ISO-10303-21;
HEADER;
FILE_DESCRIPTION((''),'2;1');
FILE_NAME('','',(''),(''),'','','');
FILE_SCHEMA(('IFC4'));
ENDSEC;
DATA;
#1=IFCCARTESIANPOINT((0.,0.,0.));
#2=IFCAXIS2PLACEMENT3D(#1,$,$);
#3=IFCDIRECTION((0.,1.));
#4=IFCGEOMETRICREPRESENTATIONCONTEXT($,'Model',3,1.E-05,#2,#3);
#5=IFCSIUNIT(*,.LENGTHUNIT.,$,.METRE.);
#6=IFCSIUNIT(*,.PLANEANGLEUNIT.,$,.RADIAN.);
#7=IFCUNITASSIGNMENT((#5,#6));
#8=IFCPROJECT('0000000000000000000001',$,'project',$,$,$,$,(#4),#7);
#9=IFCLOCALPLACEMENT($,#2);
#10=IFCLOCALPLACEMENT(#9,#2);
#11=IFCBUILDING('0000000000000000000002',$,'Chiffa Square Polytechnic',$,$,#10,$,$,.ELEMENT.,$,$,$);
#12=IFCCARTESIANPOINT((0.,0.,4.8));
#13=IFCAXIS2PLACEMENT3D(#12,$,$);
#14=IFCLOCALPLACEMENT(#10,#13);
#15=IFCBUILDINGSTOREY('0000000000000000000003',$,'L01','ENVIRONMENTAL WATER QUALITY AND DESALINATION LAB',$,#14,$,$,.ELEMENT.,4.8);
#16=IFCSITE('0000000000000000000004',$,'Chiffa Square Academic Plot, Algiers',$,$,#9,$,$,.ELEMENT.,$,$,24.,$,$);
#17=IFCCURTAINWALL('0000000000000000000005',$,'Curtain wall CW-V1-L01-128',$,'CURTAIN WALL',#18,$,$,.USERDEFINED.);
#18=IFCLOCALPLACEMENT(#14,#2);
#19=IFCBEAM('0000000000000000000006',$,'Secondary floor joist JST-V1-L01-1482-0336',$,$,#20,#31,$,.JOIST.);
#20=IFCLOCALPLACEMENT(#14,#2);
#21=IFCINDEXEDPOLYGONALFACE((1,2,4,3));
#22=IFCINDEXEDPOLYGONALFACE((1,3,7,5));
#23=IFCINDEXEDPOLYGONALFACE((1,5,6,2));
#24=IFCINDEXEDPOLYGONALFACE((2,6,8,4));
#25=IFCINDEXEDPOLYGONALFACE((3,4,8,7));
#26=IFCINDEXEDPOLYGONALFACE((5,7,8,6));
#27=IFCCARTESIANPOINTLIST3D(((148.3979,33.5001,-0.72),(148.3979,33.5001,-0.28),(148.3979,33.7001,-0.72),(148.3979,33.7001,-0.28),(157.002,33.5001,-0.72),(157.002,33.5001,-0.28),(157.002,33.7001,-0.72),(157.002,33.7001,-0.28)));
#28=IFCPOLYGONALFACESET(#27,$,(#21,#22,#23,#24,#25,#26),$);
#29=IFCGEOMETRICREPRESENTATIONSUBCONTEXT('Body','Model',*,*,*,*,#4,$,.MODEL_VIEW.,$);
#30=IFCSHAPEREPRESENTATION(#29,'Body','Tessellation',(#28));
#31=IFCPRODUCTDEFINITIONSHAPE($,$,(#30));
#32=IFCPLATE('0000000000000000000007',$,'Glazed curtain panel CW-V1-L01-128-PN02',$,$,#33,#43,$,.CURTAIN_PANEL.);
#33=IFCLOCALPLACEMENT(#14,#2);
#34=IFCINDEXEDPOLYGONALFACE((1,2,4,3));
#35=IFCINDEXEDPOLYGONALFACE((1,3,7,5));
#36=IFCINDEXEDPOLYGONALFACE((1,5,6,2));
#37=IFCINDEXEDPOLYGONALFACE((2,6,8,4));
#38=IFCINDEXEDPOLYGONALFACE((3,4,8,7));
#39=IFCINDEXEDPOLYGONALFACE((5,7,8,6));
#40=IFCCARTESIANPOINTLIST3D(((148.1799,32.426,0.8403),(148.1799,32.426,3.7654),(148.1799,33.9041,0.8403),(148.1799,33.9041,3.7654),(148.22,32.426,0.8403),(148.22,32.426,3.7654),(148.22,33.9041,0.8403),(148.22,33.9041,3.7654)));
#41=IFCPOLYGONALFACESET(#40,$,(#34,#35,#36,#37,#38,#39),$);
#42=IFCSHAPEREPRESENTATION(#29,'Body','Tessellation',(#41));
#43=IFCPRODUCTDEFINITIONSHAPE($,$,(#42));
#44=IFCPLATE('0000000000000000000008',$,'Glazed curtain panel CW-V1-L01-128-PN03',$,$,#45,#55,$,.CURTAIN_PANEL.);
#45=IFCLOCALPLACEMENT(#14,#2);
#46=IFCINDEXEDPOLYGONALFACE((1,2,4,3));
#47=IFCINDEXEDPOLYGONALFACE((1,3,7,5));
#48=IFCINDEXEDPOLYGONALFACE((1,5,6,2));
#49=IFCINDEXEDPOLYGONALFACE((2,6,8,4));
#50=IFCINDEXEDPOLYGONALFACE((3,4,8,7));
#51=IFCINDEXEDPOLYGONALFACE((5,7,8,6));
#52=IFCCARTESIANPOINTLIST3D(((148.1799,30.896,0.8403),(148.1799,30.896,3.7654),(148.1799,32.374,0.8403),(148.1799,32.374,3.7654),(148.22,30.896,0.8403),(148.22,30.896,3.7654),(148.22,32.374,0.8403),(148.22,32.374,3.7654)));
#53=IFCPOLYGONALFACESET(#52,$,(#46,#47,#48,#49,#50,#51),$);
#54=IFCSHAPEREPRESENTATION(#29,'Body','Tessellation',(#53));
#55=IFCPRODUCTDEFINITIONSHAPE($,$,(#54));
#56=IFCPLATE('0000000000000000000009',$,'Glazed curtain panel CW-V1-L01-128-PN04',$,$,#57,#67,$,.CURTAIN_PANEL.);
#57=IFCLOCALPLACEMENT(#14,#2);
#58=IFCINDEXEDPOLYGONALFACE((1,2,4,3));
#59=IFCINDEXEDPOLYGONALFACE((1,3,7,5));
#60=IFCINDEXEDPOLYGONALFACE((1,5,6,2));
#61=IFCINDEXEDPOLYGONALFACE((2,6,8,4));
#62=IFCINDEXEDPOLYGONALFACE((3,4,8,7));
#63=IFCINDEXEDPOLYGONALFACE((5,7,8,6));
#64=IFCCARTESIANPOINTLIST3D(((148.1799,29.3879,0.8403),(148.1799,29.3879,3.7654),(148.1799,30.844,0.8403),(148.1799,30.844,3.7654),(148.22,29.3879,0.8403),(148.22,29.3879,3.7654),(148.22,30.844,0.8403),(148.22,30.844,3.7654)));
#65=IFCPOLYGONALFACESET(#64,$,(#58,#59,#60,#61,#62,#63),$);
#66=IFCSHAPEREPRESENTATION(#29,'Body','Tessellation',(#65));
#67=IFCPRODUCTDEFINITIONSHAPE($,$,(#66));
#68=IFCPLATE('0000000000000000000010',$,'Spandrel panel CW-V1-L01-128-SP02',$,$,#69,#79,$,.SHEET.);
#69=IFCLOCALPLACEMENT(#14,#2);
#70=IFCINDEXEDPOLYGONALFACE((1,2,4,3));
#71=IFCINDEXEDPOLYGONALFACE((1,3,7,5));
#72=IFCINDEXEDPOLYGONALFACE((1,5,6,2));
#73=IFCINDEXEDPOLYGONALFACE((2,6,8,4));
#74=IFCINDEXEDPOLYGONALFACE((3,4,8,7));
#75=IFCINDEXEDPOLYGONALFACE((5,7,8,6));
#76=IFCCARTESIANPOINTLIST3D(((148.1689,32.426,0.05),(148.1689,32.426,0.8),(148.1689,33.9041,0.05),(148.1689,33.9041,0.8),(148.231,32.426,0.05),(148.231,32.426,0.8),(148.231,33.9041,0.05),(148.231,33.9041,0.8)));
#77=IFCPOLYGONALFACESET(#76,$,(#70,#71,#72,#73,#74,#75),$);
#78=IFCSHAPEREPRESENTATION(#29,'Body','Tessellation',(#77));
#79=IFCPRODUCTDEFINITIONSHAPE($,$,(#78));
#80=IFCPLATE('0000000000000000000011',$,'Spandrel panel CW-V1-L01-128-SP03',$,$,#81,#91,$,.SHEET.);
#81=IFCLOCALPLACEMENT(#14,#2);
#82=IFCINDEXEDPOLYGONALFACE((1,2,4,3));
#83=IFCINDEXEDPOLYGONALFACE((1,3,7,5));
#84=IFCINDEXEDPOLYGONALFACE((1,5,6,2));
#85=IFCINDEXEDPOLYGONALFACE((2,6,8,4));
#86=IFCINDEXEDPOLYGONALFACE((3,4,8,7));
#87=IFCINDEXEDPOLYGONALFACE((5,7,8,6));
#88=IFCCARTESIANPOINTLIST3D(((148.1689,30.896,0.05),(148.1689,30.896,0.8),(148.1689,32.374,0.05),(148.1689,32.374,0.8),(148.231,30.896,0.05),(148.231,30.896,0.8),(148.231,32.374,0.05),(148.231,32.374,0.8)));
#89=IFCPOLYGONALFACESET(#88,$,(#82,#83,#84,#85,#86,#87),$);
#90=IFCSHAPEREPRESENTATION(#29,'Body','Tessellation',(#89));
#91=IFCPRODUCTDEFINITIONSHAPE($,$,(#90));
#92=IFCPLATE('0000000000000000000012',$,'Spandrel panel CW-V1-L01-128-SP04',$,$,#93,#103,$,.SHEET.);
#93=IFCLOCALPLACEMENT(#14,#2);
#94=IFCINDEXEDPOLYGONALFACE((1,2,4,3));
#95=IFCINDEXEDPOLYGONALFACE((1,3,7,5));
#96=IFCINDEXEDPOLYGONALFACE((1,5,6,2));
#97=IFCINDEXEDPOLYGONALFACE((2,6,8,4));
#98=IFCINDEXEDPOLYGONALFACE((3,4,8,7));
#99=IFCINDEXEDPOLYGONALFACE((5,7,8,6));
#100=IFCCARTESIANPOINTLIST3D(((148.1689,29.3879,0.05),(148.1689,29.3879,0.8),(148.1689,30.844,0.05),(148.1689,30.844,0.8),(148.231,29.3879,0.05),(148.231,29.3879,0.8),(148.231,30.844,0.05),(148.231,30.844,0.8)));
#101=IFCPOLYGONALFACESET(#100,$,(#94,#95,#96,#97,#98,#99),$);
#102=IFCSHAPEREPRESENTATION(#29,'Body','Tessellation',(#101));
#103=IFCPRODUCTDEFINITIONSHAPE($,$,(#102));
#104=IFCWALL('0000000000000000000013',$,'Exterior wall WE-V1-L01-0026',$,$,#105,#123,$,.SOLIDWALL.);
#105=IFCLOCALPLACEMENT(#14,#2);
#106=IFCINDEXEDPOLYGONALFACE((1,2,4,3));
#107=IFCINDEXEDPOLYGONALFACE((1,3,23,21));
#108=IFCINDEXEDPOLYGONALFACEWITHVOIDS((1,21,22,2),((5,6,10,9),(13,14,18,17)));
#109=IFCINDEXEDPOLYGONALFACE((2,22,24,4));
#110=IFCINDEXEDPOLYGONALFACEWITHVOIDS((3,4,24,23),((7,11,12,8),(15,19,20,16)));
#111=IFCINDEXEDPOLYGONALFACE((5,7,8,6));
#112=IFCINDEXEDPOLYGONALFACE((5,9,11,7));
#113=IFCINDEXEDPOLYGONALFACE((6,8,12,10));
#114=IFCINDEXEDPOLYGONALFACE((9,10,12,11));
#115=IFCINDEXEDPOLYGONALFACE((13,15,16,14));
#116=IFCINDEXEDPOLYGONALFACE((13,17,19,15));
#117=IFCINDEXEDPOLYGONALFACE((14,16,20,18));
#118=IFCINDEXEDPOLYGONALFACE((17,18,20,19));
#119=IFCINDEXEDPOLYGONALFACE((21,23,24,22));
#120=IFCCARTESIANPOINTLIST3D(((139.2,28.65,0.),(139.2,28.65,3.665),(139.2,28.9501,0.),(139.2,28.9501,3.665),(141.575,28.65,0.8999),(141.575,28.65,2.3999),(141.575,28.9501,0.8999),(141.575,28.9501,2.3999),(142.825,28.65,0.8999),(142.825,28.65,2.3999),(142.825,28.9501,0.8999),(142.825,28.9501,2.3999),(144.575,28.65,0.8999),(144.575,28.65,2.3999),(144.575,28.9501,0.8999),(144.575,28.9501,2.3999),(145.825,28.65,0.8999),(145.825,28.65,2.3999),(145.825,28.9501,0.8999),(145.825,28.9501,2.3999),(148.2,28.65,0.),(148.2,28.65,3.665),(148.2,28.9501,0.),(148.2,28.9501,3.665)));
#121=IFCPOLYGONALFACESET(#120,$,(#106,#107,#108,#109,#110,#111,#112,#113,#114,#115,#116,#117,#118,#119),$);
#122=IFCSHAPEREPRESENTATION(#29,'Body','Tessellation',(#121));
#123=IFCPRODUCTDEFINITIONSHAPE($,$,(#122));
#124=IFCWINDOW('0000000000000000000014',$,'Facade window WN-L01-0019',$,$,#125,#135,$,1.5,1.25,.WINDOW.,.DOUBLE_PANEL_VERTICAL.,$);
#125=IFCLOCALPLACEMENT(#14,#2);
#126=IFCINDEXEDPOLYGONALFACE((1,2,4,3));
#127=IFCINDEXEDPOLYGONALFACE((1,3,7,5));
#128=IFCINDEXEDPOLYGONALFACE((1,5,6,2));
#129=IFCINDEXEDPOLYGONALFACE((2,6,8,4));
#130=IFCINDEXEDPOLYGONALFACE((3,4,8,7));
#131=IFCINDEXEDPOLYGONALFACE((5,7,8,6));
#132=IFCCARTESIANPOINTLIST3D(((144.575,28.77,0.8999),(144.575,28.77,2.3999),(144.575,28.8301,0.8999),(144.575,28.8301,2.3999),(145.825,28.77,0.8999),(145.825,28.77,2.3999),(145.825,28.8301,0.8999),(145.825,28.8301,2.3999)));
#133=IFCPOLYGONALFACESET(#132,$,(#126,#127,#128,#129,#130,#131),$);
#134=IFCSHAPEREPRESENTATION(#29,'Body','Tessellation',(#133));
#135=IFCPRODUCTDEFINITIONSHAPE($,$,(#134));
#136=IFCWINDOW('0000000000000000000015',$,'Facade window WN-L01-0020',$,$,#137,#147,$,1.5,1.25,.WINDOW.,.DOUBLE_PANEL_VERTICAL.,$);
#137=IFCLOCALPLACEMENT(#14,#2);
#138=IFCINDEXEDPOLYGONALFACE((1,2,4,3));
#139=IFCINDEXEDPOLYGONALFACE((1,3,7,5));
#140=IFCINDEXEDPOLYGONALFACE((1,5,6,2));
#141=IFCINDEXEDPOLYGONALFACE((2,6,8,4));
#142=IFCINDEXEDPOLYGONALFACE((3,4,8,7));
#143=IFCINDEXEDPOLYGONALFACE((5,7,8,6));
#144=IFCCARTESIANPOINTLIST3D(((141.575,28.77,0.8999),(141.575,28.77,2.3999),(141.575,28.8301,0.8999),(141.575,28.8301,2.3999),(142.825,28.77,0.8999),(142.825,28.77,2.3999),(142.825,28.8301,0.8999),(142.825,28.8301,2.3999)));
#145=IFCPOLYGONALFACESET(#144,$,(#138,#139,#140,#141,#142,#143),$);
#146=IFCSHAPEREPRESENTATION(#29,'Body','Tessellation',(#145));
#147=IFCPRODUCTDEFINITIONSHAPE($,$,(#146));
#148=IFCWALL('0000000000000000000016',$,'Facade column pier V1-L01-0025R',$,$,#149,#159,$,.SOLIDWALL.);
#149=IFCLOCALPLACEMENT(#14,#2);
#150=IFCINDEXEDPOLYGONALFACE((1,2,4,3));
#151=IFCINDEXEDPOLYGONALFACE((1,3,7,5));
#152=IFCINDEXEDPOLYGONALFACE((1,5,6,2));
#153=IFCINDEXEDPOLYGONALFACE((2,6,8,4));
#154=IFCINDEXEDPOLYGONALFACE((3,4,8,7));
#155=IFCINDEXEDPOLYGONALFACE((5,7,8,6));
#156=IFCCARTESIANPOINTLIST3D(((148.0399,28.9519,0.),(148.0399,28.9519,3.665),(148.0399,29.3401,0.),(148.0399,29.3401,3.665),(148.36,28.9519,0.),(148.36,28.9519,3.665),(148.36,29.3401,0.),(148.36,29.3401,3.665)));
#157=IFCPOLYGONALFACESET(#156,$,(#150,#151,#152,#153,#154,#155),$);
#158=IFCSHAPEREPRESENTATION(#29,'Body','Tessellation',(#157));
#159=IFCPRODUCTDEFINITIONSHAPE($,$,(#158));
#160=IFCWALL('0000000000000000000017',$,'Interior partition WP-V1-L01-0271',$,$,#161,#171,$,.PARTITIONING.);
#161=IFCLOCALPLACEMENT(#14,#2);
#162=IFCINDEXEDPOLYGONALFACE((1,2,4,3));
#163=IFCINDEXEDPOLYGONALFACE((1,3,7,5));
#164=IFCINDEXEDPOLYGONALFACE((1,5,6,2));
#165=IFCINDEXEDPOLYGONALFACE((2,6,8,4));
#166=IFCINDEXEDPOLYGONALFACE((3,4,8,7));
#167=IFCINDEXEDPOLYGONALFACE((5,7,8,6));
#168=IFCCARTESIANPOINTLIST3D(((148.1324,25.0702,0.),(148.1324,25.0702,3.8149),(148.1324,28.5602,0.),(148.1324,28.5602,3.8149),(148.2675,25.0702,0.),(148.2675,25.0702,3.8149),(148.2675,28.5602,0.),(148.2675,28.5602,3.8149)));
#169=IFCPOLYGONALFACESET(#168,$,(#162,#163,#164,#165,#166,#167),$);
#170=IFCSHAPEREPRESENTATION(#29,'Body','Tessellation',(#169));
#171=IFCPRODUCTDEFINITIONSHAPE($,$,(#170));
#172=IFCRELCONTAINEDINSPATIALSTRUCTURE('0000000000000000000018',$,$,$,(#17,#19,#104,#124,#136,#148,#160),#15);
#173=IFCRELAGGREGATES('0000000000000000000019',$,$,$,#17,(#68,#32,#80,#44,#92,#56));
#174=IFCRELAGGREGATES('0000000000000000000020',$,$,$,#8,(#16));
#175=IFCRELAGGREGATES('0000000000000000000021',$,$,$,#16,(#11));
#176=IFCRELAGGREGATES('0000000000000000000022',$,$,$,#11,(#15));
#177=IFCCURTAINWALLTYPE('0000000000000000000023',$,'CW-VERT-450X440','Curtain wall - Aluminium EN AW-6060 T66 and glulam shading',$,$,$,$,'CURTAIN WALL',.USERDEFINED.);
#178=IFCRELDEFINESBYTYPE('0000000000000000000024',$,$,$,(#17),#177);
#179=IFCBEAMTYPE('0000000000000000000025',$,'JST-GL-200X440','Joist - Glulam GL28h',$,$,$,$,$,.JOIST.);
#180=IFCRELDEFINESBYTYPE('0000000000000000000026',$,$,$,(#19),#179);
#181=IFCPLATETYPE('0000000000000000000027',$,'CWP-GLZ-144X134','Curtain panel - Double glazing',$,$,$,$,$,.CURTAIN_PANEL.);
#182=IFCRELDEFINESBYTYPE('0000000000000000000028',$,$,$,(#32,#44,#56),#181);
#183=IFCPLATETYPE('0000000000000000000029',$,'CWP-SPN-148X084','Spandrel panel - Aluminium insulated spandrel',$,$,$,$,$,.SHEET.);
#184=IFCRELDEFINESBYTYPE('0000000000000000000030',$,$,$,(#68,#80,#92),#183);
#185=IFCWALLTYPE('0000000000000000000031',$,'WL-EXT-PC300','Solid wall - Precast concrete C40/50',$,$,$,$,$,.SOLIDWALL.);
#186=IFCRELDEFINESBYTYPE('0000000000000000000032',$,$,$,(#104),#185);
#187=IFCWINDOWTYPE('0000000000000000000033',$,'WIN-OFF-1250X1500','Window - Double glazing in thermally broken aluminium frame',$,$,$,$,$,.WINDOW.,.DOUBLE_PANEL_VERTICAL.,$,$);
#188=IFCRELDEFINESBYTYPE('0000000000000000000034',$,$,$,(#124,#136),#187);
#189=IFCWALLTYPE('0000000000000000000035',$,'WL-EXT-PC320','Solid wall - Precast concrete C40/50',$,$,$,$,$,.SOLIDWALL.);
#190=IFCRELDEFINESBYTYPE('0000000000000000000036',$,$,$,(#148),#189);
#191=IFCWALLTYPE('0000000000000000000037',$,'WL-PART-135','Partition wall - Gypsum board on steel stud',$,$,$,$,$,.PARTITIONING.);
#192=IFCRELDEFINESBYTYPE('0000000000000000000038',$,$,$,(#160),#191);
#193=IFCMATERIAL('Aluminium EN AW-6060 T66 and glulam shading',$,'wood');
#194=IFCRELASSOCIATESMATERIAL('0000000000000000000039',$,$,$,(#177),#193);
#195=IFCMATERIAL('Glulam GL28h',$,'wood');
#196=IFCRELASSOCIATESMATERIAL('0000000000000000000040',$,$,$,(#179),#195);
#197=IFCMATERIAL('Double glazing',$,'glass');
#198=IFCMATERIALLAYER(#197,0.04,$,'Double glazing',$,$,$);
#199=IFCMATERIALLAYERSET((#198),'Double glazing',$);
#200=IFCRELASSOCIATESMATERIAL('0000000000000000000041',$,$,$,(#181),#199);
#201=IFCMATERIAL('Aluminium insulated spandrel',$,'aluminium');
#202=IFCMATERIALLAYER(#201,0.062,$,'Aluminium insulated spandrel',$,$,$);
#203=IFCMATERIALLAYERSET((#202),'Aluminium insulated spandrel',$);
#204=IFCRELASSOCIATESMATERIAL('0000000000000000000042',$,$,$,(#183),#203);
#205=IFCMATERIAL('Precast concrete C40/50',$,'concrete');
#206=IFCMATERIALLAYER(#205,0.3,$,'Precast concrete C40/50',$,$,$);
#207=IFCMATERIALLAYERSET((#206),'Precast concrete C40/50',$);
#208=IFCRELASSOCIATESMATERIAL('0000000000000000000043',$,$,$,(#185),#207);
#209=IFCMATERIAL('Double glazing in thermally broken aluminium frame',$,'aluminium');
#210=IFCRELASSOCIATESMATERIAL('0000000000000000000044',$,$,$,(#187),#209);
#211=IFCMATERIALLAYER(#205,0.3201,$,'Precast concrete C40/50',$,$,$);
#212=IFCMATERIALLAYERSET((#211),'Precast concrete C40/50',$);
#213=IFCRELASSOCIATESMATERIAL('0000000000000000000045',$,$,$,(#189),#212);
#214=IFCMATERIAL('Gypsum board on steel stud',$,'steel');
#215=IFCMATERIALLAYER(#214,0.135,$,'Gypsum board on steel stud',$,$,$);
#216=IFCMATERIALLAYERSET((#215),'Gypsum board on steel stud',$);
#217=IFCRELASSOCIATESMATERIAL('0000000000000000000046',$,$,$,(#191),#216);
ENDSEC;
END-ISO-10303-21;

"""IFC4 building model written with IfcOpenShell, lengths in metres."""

from ifc_helpers import new_model, si_unit, direction, frame, frame_2d, origin, origin_2d, place, context, subcontext, project, spatial, rectangle, extrude, material, layer, layer_set, material_profile, profile_set, type_object, element, fill, aggregate, save


model = new_model("IFC4")

# Units and contexts
model_context = context("Model", 3, precision=1e-05, world=origin(), true_north=direction((0.0, 1.0)))
body_context = subcontext(model_context, "Body", "Model", "MODEL_VIEW")
ifc_project = project(units=[si_unit("LENGTHUNIT", "METRE"), si_unit("PLANEANGLEUNIT", "RADIAN")], contexts=[model_context])

# Site, building, storey
site_placement = place(None, origin())
site = spatial("IfcSite", under=ifc_project, at=site_placement, Name="Chiffa Square Academic Plot, Algiers", CompositionType="ELEMENT", RefElevation=24.0)
building_placement = place(site_placement, origin())
building = spatial("IfcBuilding", under=site, at=building_placement, Name="Chiffa Square Polytechnic", CompositionType="ELEMENT")
storey_placement = place(building_placement, frame((0.0, 0.0, 4.8)))
storey = spatial("IfcBuildingStorey", under=building, at=storey_placement, Name="L01", Description="ENVIRONMENTAL WATER QUALITY AND DESALINATION LAB", CompositionType="ELEMENT", Elevation=4.8)

# Curtain wall
ifc_material_1 = material(Name="Aluminium EN AW-6060 T66 and glulam shading", Category="wood")
curtain_wall_type = type_object("IfcCurtainWallType", Name="CW-VERT-450X440", Description="Curtain wall - Aluminium EN AW-6060 T66 and glulam shading", ElementType="CURTAIN WALL", PredefinedType="USERDEFINED", material=ifc_material_1)
curtain_wall_placement = place(storey_placement, origin())
curtain_wall = element("IfcCurtainWall", 1, at=curtain_wall_placement, inside=storey, type_object=curtain_wall_type, Name="Curtain wall CW-V1-L01-128", ObjectType="CURTAIN WALL", PredefinedType="USERDEFINED")
ifc_material_2 = material(Name="Glulam GL28h", Category="wood")

# Beam
ifc_material_profile_1 = material_profile(ifc_material_2, rectangle(XDim=0.2, YDim=0.4399, at=origin_2d()), Name="GL28h 200x440")
ifc_profile_set_1 = profile_set([ifc_material_profile_1], Name="Glulam GL28h")
beam_type_1 = type_object("IfcBeamType", Name="JST-GL-200X440", Description="Joist - Glulam GL28h", PredefinedType="JOIST", material=ifc_profile_set_1)
for number, where, z_axis, x_axis, name in (
    (2, (148.3979, 33.6001, -0.5), (1.0, 0.0, 0.0), (0.0, 1.0, 0.0), "Secondary floor joist JST-V1-L01-1482-0336"),
):
    element("IfcBeam", number, at=place(storey_placement, frame(where, z_axis=z_axis, x_axis=x_axis)), inside=storey, type_object=beam_type_1, Name=name, PredefinedType="JOIST", context=body_context, shape_type="SweptSolid", body=[
        extrude(rectangle(XDim=0.2, YDim=0.4399, at=origin_2d()), origin(), (0.0, 0.0, 1.0), 8.604),
    ])

# Plates
ifc_material_3 = material(Name="Double glazing", Category="glass")
ifc_layer_1 = layer(ifc_material_3, 0.04, Name="Double glazing")
ifc_layer_set_1 = layer_set([ifc_layer_1], Name="Double glazing")
plate_type_1 = type_object("IfcPlateType", Name="CWP-GLZ-144X134", Description="Curtain panel - Double glazing", PredefinedType="CURTAIN_PANEL", material=ifc_layer_set_1)
plate_1_placement = place(storey_placement, frame((148.2, 33.165, 0.8403), z_axis=(0.0, 0.0, 1.0), x_axis=(0.0, -1.0, 0.0)))
plate_1 = element("IfcPlate", 3, at=plate_1_placement, type_object=plate_type_1, Name="Glazed curtain panel CW-V1-L01-128-PN02", PredefinedType="CURTAIN_PANEL", context=body_context, shape_type="SweptSolid", body=[
    extrude(rectangle(XDim=1.478, YDim=0.04, at=origin_2d()), origin(), (0.0, 0.0, 1.0), 2.925),
])
plate_2_placement = place(storey_placement, frame((148.2, 31.635, 0.8403), z_axis=(0.0, 0.0, 1.0), x_axis=(0.0, -1.0, 0.0)))
plate_2 = element("IfcPlate", 4, at=plate_2_placement, type_object=plate_type_1, Name="Glazed curtain panel CW-V1-L01-128-PN03", PredefinedType="CURTAIN_PANEL", context=body_context, shape_type="SweptSolid", body=[
    extrude(rectangle(XDim=1.478, YDim=0.04, at=origin_2d()), origin(), (0.0, 0.0, 1.0), 2.925),
])
plate_3_placement = place(storey_placement, frame((148.2, 30.116, 0.8403), z_axis=(0.0, 0.0, 1.0), x_axis=(0.0, -1.0, 0.0)))
plate_3 = element("IfcPlate", 5, at=plate_3_placement, type_object=plate_type_1, Name="Glazed curtain panel CW-V1-L01-128-PN04", PredefinedType="CURTAIN_PANEL", context=body_context, shape_type="SweptSolid", body=[
    extrude(rectangle(XDim=1.4561, YDim=0.04, at=origin_2d()), origin(), (0.0, 0.0, 1.0), 2.925),
])
ifc_material_4 = material(Name="Aluminium insulated spandrel", Category="aluminium")
ifc_layer_2 = layer(ifc_material_4, 0.062, Name="Aluminium insulated spandrel")
ifc_layer_set_2 = layer_set([ifc_layer_2], Name="Aluminium insulated spandrel")
plate_type_2 = type_object("IfcPlateType", Name="CWP-SPN-148X084", Description="Spandrel panel - Aluminium insulated spandrel", PredefinedType="SHEET", material=ifc_layer_set_2)
plate_4_placement = place(storey_placement, frame((148.2, 33.165, 0.05), z_axis=(0.0, 0.0, 1.0), x_axis=(0.0, -1.0, 0.0)))
plate_4 = element("IfcPlate", 6, at=plate_4_placement, type_object=plate_type_2, Name="Spandrel panel CW-V1-L01-128-SP02", PredefinedType="SHEET", context=body_context, shape_type="SweptSolid", body=[
    extrude(rectangle(XDim=1.478, YDim=0.062, at=origin_2d()), origin(), (0.0, 0.0, 1.0), 0.75),
])
plate_5_placement = place(storey_placement, frame((148.2, 31.635, 0.05), z_axis=(0.0, 0.0, 1.0), x_axis=(0.0, -1.0, 0.0)))
plate_5 = element("IfcPlate", 7, at=plate_5_placement, type_object=plate_type_2, Name="Spandrel panel CW-V1-L01-128-SP03", PredefinedType="SHEET", context=body_context, shape_type="SweptSolid", body=[
    extrude(rectangle(XDim=1.478, YDim=0.062, at=origin_2d()), origin(), (0.0, 0.0, 1.0), 0.75),
])
plate_6_placement = place(storey_placement, frame((148.2, 30.116, 0.05), z_axis=(0.0, 0.0, 1.0), x_axis=(0.0, -1.0, 0.0)))
plate_6 = element("IfcPlate", 8, at=plate_6_placement, type_object=plate_type_2, Name="Spandrel panel CW-V1-L01-128-SP04", PredefinedType="SHEET", context=body_context, shape_type="SweptSolid", body=[
    extrude(rectangle(XDim=1.4561, YDim=0.062, at=origin_2d()), origin(), (0.0, 0.0, 1.0), 0.75),
])
aggregate(curtain_wall, [plate_4, plate_1, plate_5, plate_2, plate_6, plate_3])

# Wall, openings, windows
ifc_material_5 = material(Name="Precast concrete C40/50", Category="concrete")
ifc_layer_3 = layer(ifc_material_5, 0.3, Name="Precast concrete C40/50")
ifc_layer_set_3 = layer_set([ifc_layer_3], Name="Precast concrete C40/50")
wall_type_1 = type_object("IfcWallType", Name="WL-EXT-PC300", Description="Solid wall - Precast concrete C40/50", PredefinedType="SOLIDWALL", material=ifc_layer_set_3)
wall_1_placement = place(storey_placement, frame((148.2, 28.8, 0.0), z_axis=(0.0, 0.0, 1.0), x_axis=(-1.0, 0.0, 0.0)))
wall_1 = element("IfcWall", 9, at=wall_1_placement, inside=storey, type_object=wall_type_1, Name="Exterior wall WE-V1-L01-0026", PredefinedType="SOLIDWALL", context=body_context, shape_type="SweptSolid", body=[
    extrude(rectangle(XDim=9.0, YDim=0.3, at=frame_2d((4.5, 0.0))), origin(), (0.0, 0.0, 1.0), 3.665),
])
opening_1_placement = place(wall_1_placement, frame((2.375, 0.0, 0.8999)))
opening_1 = element("IfcOpeningElement", 10, at=opening_1_placement, cuts=wall_1, PredefinedType="OPENING", context=body_context, shape_type="SweptSolid", body=[
    extrude(rectangle(XDim=1.25, YDim=1.5, at=frame_2d((0.625, 0.75))), frame((0.0, 0.1602, 0.0), z_axis=(0.0, -1.0, 0.0), x_axis=(1.0, 0.0, 0.0)), (0.0, 0.0, 1.0), 0.3201),
])
opening_2_placement = place(wall_1_placement, frame((5.375, 0.0, 0.8999)))
opening_2 = element("IfcOpeningElement", 11, at=opening_2_placement, cuts=wall_1, PredefinedType="OPENING", context=body_context, shape_type="SweptSolid", body=[
    extrude(rectangle(XDim=1.25, YDim=1.5, at=frame_2d((0.625, 0.75))), frame((0.0, 0.1602, 0.0), z_axis=(0.0, -1.0, 0.0), x_axis=(1.0, 0.0, 0.0)), (0.0, 0.0, 1.0), 0.3201),
])
ifc_material_6 = material(Name="Double glazing in thermally broken aluminium frame", Category="aluminium")
window_type = type_object("IfcWindowType", Name="WIN-OFF-1250X1500", Description="Window - Double glazing in thermally broken aluminium frame", PartitioningType="DOUBLE_PANEL_VERTICAL", PredefinedType="WINDOW", material=ifc_material_6)
window_1_placement = place(opening_1_placement, origin())
window_1 = element("IfcWindow", 12, at=window_1_placement, inside=storey, type_object=window_type, Name="Facade window WN-L01-0019", OverallHeight=1.5, OverallWidth=1.25, PartitioningType="DOUBLE_PANEL_VERTICAL", PredefinedType="WINDOW", context=body_context, shape_type="SweptSolid", body=[
    extrude(rectangle(XDim=1.25, YDim=1.5, at=frame_2d((0.625, 0.75))), frame((0.0, 0.03, 0.0), z_axis=(0.0, -1.0, 0.0), x_axis=(1.0, 0.0, 0.0)), (0.0, 0.0, 1.0), 0.0601),
])
fill(opening_1, window_1)
window_2_placement = place(opening_2_placement, origin())
window_2 = element("IfcWindow", 13, at=window_2_placement, inside=storey, type_object=window_type, Name="Facade window WN-L01-0020", OverallHeight=1.5, OverallWidth=1.25, PartitioningType="DOUBLE_PANEL_VERTICAL", PredefinedType="WINDOW", context=body_context, shape_type="SweptSolid", body=[
    extrude(rectangle(XDim=1.25, YDim=1.5, at=frame_2d((0.625, 0.75))), frame((0.0, 0.03, 0.0), z_axis=(0.0, -1.0, 0.0), x_axis=(1.0, 0.0, 0.0)), (0.0, 0.0, 1.0), 0.0601),
])
fill(opening_2, window_2)

# Walls
ifc_layer_4 = layer(ifc_material_5, 0.3201, Name="Precast concrete C40/50")
ifc_layer_set_4 = layer_set([ifc_layer_4], Name="Precast concrete C40/50")
wall_type_2 = type_object("IfcWallType", Name="WL-EXT-PC320", Description="Solid wall - Precast concrete C40/50", PredefinedType="SOLIDWALL", material=ifc_layer_set_4)
wall_2_placement = place(storey_placement, frame((148.2, 29.3401, 0.0), z_axis=(0.0, 0.0, 1.0), x_axis=(0.0, -1.0, 0.0)))
element("IfcWall", 14, at=wall_2_placement, inside=storey, type_object=wall_type_2, Name="Facade column pier V1-L01-0025R", PredefinedType="SOLIDWALL", context=body_context, shape_type="SweptSolid", body=[
    extrude(rectangle(XDim=0.3882, YDim=0.3201, at=frame_2d((0.1941, 0.0))), origin(), (0.0, 0.0, 1.0), 3.665),
])
ifc_material_7 = material(Name="Gypsum board on steel stud", Category="steel")
ifc_layer_5 = layer(ifc_material_7, 0.135, Name="Gypsum board on steel stud")
ifc_layer_set_5 = layer_set([ifc_layer_5], Name="Gypsum board on steel stud")
wall_type_3 = type_object("IfcWallType", Name="WL-PART-135", Description="Partition wall - Gypsum board on steel stud", PredefinedType="PARTITIONING", material=ifc_layer_set_5)
wall_3_placement = place(storey_placement, frame((148.2, 25.0701, 0.0), z_axis=(0.0, 0.0, 1.0), x_axis=(0.0, 1.0, 0.0)))
element("IfcWall", 15, at=wall_3_placement, inside=storey, type_object=wall_type_3, Name="Interior partition WP-V1-L01-0271", PredefinedType="PARTITIONING", context=body_context, shape_type="SweptSolid", body=[
    extrude(rectangle(XDim=3.49, YDim=0.135, at=frame_2d((1.7451, 0.0))), origin(), (0.0, 0.0, 1.0), 3.8149),
])

save(model, "model.ifc")
